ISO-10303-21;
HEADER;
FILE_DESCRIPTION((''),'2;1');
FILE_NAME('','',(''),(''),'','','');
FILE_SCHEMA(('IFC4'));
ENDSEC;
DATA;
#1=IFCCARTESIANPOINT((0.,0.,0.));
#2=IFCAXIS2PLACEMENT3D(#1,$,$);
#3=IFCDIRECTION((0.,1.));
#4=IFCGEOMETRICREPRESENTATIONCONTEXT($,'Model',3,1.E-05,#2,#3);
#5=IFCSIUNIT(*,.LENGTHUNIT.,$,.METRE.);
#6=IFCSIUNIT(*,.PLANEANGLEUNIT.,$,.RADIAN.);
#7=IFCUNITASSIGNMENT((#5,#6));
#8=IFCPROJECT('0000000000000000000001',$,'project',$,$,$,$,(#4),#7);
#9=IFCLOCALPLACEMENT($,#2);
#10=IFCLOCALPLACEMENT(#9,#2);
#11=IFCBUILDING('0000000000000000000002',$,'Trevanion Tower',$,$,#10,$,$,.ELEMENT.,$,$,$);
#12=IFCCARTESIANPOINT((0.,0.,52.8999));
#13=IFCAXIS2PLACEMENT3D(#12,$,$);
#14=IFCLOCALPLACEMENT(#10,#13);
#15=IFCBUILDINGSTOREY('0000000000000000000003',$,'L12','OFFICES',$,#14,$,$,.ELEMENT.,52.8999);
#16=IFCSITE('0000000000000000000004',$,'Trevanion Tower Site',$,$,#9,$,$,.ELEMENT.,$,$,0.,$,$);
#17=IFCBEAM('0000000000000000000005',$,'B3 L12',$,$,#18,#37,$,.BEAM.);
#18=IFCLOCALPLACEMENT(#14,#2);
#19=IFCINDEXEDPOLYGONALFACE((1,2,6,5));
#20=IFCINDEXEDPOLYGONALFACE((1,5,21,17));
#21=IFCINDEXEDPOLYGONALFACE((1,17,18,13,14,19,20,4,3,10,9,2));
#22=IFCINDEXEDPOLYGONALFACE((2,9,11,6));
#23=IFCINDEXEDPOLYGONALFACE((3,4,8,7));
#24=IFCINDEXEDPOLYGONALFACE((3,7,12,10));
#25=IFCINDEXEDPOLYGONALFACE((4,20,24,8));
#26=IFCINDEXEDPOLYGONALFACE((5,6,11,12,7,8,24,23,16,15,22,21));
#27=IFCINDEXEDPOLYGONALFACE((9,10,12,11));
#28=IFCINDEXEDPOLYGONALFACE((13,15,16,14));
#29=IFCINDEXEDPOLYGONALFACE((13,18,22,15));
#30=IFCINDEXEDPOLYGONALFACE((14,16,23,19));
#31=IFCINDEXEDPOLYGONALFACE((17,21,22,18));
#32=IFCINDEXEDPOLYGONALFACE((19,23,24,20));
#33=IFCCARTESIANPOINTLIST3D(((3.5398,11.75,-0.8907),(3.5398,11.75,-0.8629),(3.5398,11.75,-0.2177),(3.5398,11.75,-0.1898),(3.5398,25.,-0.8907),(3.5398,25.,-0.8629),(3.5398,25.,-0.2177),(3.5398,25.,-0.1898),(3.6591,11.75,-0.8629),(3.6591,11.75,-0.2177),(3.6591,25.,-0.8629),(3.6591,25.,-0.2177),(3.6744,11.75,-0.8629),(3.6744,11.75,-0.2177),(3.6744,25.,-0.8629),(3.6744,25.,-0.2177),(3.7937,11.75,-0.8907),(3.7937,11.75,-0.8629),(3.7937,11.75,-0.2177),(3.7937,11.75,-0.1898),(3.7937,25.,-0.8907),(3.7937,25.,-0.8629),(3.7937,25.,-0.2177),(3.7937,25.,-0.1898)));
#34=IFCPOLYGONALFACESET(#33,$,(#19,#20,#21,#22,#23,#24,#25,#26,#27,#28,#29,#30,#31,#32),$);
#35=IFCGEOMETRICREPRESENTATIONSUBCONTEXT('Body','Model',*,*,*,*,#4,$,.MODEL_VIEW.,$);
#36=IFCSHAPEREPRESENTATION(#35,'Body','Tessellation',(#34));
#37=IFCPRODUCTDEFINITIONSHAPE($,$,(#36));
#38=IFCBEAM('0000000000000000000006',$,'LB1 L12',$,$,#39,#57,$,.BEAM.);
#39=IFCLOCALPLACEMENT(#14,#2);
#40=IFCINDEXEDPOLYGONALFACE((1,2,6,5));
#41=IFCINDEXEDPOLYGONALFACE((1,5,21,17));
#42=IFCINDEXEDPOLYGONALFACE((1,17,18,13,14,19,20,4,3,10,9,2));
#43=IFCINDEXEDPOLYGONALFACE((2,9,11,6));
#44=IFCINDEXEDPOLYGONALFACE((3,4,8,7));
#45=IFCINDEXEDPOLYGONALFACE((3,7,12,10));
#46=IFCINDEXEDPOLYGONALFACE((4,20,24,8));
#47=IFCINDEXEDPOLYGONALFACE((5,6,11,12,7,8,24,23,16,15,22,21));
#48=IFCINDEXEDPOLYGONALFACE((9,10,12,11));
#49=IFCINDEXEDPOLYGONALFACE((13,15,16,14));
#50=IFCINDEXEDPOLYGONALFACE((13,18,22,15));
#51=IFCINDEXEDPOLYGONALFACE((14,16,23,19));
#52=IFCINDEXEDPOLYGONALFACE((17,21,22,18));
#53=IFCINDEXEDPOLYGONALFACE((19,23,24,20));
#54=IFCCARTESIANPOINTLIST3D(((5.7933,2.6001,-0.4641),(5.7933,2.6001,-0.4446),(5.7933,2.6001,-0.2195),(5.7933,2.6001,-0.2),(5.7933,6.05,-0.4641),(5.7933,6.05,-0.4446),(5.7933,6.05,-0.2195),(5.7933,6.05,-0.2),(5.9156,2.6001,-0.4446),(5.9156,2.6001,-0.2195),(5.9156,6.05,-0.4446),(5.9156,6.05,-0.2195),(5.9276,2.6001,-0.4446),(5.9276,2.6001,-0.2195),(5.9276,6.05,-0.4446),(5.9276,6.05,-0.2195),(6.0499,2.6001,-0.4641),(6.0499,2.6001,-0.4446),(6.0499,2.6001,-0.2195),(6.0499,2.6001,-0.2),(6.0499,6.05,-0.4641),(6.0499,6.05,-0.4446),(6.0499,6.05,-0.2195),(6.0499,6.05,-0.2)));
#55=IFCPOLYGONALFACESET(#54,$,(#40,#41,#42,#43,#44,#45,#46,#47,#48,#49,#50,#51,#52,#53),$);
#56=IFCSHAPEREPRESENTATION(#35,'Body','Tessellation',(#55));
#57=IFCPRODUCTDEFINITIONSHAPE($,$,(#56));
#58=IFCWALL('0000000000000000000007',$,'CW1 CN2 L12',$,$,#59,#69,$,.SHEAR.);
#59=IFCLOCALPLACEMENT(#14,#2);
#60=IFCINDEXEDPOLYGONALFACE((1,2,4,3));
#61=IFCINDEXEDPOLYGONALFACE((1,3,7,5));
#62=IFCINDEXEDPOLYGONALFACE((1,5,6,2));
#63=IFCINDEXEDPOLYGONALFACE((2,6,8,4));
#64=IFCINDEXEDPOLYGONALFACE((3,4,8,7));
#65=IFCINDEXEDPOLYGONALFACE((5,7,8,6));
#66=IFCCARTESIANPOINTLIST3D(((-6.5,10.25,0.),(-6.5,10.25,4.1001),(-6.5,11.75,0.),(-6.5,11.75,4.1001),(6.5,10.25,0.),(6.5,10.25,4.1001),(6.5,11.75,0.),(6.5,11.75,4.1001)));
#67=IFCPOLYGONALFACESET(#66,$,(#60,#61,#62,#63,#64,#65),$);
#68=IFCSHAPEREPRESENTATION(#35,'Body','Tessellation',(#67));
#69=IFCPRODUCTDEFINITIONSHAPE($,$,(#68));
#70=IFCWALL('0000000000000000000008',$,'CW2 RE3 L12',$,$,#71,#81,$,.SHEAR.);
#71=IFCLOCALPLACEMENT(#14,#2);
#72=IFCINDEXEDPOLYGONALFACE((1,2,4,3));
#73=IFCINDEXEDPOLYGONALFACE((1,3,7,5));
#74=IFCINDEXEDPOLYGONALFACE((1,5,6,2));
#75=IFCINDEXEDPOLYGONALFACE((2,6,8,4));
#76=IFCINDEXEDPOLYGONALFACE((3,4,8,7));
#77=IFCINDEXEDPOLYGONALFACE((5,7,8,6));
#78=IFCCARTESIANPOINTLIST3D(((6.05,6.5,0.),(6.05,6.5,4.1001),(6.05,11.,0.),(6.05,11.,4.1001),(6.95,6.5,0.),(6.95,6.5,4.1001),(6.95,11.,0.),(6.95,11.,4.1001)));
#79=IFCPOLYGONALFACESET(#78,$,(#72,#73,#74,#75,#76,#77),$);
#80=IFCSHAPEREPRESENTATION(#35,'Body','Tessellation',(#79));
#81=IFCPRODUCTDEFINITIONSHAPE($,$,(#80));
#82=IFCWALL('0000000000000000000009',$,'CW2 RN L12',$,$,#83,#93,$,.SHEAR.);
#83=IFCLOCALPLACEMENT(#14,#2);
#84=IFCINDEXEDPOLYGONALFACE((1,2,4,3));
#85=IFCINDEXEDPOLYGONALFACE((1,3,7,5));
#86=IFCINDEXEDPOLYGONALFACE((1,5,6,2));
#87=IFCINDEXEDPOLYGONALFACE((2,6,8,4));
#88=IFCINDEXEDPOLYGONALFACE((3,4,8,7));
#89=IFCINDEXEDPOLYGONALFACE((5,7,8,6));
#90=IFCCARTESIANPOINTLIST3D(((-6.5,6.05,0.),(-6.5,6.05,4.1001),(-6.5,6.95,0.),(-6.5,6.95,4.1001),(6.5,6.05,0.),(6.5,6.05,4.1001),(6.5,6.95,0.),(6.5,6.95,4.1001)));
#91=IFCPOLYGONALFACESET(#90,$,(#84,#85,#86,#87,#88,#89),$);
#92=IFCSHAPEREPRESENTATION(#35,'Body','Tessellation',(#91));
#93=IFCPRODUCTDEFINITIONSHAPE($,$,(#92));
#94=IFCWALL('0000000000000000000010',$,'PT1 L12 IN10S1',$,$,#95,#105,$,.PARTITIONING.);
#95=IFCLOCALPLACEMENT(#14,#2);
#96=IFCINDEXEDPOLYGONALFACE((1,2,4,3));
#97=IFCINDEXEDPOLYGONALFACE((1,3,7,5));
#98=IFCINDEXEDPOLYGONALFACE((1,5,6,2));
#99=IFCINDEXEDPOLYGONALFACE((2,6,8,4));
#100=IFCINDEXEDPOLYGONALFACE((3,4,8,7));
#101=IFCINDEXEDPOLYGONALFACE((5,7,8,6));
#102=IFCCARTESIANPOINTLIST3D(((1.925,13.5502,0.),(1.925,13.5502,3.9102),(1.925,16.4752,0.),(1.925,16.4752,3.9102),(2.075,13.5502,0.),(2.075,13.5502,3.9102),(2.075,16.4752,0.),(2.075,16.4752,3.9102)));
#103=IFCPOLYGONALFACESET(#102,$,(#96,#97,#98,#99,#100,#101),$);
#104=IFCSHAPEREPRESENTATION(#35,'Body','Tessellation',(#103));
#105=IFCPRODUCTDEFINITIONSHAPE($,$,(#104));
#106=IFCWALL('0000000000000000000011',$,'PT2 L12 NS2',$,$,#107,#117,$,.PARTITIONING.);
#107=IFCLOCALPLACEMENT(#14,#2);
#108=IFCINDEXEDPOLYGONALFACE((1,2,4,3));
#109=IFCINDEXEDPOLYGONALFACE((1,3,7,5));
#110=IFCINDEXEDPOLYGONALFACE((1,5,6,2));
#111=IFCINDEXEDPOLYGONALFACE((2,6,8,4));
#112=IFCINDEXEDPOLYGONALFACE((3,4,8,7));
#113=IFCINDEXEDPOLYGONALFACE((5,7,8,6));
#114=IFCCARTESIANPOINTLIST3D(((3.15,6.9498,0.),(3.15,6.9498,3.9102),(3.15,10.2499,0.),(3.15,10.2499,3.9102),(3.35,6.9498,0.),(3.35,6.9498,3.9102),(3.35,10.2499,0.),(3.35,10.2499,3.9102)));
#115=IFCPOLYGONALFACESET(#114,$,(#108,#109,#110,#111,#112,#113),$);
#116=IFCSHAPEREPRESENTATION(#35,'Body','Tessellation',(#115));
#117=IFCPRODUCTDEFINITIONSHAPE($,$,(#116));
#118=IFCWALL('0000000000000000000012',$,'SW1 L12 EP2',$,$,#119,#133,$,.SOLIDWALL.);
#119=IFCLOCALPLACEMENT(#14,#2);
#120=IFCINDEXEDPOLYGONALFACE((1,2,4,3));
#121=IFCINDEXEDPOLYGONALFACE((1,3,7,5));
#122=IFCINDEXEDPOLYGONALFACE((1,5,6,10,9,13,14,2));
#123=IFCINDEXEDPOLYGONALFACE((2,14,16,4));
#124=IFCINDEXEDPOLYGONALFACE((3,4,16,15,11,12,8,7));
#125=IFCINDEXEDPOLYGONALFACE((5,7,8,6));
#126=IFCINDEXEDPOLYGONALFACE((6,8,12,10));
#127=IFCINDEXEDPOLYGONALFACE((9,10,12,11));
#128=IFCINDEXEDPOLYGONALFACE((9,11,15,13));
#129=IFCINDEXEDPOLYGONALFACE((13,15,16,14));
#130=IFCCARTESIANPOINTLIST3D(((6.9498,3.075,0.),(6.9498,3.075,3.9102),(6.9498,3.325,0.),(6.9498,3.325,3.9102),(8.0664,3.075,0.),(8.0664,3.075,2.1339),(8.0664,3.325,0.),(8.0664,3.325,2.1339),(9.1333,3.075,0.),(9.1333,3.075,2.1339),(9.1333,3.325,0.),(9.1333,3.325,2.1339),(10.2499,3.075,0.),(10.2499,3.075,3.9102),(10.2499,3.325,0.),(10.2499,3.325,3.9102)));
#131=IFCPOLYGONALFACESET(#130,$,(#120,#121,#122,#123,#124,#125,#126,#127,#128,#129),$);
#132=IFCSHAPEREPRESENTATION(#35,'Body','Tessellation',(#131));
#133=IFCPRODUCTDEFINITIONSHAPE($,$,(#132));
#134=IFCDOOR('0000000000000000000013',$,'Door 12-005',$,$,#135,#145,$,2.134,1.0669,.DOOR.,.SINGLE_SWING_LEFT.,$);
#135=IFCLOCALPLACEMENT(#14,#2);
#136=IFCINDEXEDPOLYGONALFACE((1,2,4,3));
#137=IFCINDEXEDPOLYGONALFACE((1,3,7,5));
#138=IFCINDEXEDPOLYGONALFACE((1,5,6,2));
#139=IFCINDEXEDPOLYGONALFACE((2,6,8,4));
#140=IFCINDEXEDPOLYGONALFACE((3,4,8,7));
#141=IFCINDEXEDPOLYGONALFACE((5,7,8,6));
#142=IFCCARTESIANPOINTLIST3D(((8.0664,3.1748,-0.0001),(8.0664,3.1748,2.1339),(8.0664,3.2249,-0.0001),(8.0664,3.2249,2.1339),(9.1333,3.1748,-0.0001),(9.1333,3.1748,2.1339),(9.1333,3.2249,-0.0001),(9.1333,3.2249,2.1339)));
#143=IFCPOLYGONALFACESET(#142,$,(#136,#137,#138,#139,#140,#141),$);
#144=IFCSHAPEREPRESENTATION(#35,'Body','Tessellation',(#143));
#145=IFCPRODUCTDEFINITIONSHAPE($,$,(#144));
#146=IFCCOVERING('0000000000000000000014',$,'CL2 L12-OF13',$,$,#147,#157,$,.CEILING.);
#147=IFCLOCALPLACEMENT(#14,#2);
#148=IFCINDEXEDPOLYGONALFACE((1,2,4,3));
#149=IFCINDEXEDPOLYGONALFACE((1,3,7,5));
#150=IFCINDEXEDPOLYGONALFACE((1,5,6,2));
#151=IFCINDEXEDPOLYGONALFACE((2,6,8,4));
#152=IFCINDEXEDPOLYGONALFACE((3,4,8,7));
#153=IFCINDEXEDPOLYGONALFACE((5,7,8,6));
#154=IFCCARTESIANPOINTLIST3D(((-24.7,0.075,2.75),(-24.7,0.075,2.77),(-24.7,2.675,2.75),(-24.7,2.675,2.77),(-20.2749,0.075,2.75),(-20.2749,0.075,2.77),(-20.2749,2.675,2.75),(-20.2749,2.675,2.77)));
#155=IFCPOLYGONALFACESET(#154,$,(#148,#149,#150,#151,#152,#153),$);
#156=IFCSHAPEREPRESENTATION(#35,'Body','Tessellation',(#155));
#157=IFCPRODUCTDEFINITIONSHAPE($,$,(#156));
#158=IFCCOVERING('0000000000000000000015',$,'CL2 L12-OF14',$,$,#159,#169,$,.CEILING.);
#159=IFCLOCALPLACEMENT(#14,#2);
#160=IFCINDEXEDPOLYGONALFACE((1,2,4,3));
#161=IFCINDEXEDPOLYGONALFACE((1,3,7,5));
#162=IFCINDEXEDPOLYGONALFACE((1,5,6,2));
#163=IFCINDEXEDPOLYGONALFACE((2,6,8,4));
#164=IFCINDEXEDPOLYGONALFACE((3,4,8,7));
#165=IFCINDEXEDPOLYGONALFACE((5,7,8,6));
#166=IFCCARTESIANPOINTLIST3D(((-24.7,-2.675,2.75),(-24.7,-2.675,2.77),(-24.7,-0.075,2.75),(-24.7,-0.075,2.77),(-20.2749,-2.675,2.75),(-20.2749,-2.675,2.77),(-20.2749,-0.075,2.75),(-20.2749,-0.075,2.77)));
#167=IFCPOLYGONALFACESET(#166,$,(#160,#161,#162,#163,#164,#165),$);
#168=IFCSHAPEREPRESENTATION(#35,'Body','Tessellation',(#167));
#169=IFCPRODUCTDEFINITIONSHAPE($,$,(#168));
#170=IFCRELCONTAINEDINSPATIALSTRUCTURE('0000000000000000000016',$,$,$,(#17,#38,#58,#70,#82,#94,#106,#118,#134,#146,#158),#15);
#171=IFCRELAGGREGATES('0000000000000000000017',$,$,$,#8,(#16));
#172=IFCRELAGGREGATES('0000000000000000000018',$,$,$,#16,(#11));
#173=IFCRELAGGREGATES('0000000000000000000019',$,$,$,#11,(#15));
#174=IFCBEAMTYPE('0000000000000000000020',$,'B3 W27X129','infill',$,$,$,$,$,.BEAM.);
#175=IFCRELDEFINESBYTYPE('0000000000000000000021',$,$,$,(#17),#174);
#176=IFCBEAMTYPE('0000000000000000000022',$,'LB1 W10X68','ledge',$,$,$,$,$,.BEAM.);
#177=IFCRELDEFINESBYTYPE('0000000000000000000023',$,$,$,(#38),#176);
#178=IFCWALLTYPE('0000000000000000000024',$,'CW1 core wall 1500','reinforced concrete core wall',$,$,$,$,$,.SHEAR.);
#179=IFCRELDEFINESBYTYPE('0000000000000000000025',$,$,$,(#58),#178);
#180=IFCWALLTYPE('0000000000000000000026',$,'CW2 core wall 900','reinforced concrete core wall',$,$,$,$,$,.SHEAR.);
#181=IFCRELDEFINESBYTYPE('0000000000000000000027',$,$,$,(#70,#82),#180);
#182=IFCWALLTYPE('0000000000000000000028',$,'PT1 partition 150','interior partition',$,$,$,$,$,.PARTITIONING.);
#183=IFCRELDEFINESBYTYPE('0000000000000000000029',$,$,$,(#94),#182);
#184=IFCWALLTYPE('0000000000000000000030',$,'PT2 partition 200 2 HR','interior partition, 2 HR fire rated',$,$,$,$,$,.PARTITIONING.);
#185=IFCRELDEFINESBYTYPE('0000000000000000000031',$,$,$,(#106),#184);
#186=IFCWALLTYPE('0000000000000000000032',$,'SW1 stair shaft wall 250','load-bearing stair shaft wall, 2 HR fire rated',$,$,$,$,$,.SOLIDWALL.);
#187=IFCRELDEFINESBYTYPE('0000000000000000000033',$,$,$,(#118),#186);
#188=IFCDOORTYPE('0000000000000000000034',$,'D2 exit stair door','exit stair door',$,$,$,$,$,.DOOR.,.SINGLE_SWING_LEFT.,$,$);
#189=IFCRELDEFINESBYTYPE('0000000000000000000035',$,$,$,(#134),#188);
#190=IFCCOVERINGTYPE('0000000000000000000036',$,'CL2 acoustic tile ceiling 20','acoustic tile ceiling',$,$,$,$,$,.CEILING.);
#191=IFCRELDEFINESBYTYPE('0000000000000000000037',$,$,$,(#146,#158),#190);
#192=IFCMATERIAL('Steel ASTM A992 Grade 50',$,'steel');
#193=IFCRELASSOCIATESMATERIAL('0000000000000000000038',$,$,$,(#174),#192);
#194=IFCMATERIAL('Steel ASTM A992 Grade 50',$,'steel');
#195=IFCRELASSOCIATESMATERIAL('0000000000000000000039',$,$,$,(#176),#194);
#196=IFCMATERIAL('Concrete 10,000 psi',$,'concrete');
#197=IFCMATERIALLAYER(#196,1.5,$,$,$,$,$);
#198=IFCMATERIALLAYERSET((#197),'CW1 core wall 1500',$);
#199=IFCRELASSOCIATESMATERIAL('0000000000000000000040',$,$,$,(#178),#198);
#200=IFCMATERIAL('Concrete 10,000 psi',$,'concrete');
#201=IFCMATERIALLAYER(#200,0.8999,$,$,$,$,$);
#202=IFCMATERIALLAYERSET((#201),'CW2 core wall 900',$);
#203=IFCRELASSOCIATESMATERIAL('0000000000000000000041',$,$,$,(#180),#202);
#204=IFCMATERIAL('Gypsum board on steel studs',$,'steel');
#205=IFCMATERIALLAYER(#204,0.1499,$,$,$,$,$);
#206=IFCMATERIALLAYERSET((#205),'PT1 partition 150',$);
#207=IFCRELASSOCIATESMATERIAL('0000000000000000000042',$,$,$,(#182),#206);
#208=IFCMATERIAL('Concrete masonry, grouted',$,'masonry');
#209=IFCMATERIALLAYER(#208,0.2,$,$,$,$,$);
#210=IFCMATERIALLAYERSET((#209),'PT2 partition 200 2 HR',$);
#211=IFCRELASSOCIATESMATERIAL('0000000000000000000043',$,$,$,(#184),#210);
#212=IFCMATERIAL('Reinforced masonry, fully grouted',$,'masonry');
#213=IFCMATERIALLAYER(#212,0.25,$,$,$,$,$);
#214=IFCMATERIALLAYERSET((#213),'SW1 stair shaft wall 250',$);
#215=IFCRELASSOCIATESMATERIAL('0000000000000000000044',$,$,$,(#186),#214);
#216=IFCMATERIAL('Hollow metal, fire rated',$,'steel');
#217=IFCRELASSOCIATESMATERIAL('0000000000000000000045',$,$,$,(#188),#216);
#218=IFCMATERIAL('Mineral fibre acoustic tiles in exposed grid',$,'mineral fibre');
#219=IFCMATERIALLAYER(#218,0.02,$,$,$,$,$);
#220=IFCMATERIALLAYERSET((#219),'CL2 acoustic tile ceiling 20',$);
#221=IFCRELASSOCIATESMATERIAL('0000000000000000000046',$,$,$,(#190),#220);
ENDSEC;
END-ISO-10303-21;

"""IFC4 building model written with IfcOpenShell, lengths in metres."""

from ifc_helpers import new_model, si_unit, direction, frame, frame_2d, origin, origin_2d, place, context, subcontext, project, spatial, polyline, rectangle, i_section, outline, extrude, material, layer, layer_set, material_profile, profile_set, type_object, element, fill, save


model = new_model("IFC4")

# Units and contexts
model_context = context("Model", 3, precision=1e-05, world=origin(), true_north=direction((0.0, 1.0)))
body_context = subcontext(model_context, "Body", "Model", "MODEL_VIEW")
ifc_project = project(units=[si_unit("LENGTHUNIT", "METRE"), si_unit("PLANEANGLEUNIT", "RADIAN")], contexts=[model_context])

# Site, building, storey
site_placement = place(None, origin())
site = spatial("IfcSite", under=ifc_project, at=site_placement, Name="Trevanion Tower Site", CompositionType="ELEMENT", RefElevation=0.0)
building_placement = place(site_placement, origin())
building = spatial("IfcBuilding", under=site, at=building_placement, Name="Trevanion Tower", CompositionType="ELEMENT")
storey_placement = place(building_placement, frame((0.0, 0.0, 52.8999)))
storey = spatial("IfcBuildingStorey", under=building, at=storey_placement, Name="L12", Description="OFFICES", CompositionType="ELEMENT", Elevation=52.8999)

# Beams
ifc_material_1 = material(Name="Steel ASTM A992 Grade 50", Category="steel")
ifc_material_profile_1 = material_profile(ifc_material_1, i_section(OverallWidth=0.2539, OverallDepth=0.7009, WebThickness=0.0154, FlangeThickness=0.0278, at=origin_2d()), Name="W27X129")
ifc_profile_set_1 = profile_set([ifc_material_profile_1], Name="Steel ASTM A992 Grade 50")
beam_type_1 = type_object("IfcBeamType", Name="B3 W27X129", Description="infill", PredefinedType="BEAM", material=ifc_profile_set_1)
beam_1_placement = place(storey_placement, frame((3.6667, 11.75, -0.5403), z_axis=(0.0, 1.0, 0.0), x_axis=(-1.0, 0.0, 0.0)))
element("IfcBeam", 1, at=beam_1_placement, inside=storey, type_object=beam_type_1, Name="B3 L12", PredefinedType="BEAM", context=body_context, shape_type="SweptSolid", body=[
    extrude(i_section(OverallWidth=0.2539, OverallDepth=0.7009, WebThickness=0.0154, FlangeThickness=0.0278, at=origin_2d()), origin(), (0.0, 0.0, 1.0), 13.25),
])
ifc_material_2 = material(Name="Steel ASTM A992 Grade 50", Category="steel")
ifc_material_profile_2 = material_profile(ifc_material_2, i_section(OverallWidth=0.2566, OverallDepth=0.2642, WebThickness=0.012, FlangeThickness=0.0195, at=origin_2d()), Name="W10X68")
ifc_profile_set_2 = profile_set([ifc_material_profile_2], Name="Steel ASTM A992 Grade 50")
beam_type_2 = type_object("IfcBeamType", Name="LB1 W10X68", Description="ledge", PredefinedType="BEAM", material=ifc_profile_set_2)
beam_2_placement = place(storey_placement, frame((5.9216, 2.6001, -0.332), z_axis=(0.0, 1.0, 0.0), x_axis=(-1.0, 0.0, 0.0)))
element("IfcBeam", 2, at=beam_2_placement, inside=storey, type_object=beam_type_2, Name="LB1 L12", PredefinedType="BEAM", context=body_context, shape_type="SweptSolid", body=[
    extrude(i_section(OverallWidth=0.2566, OverallDepth=0.2642, WebThickness=0.012, FlangeThickness=0.0195, at=origin_2d()), origin(), (0.0, 0.0, 1.0), 3.45),
])

# Walls
ifc_material_3 = material(Name="Concrete 10,000 psi", Category="concrete")
ifc_layer_1 = layer(ifc_material_3, 1.5)
ifc_layer_set_1 = layer_set([ifc_layer_1], Name="CW1 core wall 1500")
wall_type_1 = type_object("IfcWallType", Name="CW1 core wall 1500", Description="reinforced concrete core wall", PredefinedType="SHEAR", material=ifc_layer_set_1)
wall_1_placement = place(storey_placement, frame((6.5, 11.0, 0.0), z_axis=(0.0, 0.0, 1.0), x_axis=(-1.0, 0.0, 0.0)))
element("IfcWall", 3, at=wall_1_placement, inside=storey, type_object=wall_type_1, Name="CW1 CN2 L12", PredefinedType="SHEAR", context=body_context, shape_type="SweptSolid", body=[
    extrude(rectangle(XDim=13.0, YDim=1.5, at=frame_2d((6.5, 0.0))), origin(), (0.0, 0.0, 1.0), 4.1001),
])
ifc_material_4 = material(Name="Concrete 10,000 psi", Category="concrete")
ifc_layer_2 = layer(ifc_material_4, 0.8999)
ifc_layer_set_2 = layer_set([ifc_layer_2], Name="CW2 core wall 900")
wall_type_2 = type_object("IfcWallType", Name="CW2 core wall 900", Description="reinforced concrete core wall", PredefinedType="SHEAR", material=ifc_layer_set_2)
wall_2_placement = place(storey_placement, frame((6.5, 6.5, 0.0), z_axis=(0.0, 0.0, 1.0), x_axis=(0.0, 1.0, 0.0)))
element("IfcWall", 4, at=wall_2_placement, inside=storey, type_object=wall_type_2, Name="CW2 RE3 L12", PredefinedType="SHEAR", context=body_context, shape_type="SweptSolid", body=[
    extrude(rectangle(XDim=4.5, YDim=0.8999, at=frame_2d((2.25, 0.0))), origin(), (0.0, 0.0, 1.0), 4.1001),
])
wall_3_placement = place(storey_placement, frame((6.5, 6.5, 0.0), z_axis=(0.0, 0.0, 1.0), x_axis=(-1.0, 0.0, 0.0)))
element("IfcWall", 5, at=wall_3_placement, inside=storey, type_object=wall_type_2, Name="CW2 RN L12", PredefinedType="SHEAR", context=body_context, shape_type="SweptSolid", body=[
    extrude(rectangle(XDim=13.0, YDim=0.8999, at=frame_2d((6.5, 0.0))), origin(), (0.0, 0.0, 1.0), 4.1001),
])
ifc_material_5 = material(Name="Gypsum board on steel studs", Category="steel")
ifc_layer_3 = layer(ifc_material_5, 0.1499)
ifc_layer_set_3 = layer_set([ifc_layer_3], Name="PT1 partition 150")
wall_type_3 = type_object("IfcWallType", Name="PT1 partition 150", Description="interior partition", PredefinedType="PARTITIONING", material=ifc_layer_set_3)
wall_4_placement = place(storey_placement, frame((2.0, 16.4751, 0.0), z_axis=(0.0, 0.0, 1.0), x_axis=(0.0, -1.0, 0.0)))
element("IfcWall", 6, at=wall_4_placement, inside=storey, type_object=wall_type_3, Name="PT1 L12 IN10S1", PredefinedType="PARTITIONING", context=body_context, shape_type="SweptSolid", body=[
    extrude(rectangle(XDim=2.925, YDim=0.1499, at=frame_2d((1.4624, 0.0))), origin(), (0.0, 0.0, 1.0), 3.9102),
])
ifc_material_6 = material(Name="Concrete masonry, grouted", Category="masonry")
ifc_layer_4 = layer(ifc_material_6, 0.2)
ifc_layer_set_4 = layer_set([ifc_layer_4], Name="PT2 partition 200 2 HR")
wall_type_4 = type_object("IfcWallType", Name="PT2 partition 200 2 HR", Description="interior partition, 2 HR fire rated", PredefinedType="PARTITIONING", material=ifc_layer_set_4)
wall_5_placement = place(storey_placement, frame((3.25, 6.95, 0.0), z_axis=(0.0, 0.0, 1.0), x_axis=(0.0, 1.0, 0.0)))
element("IfcWall", 7, at=wall_5_placement, inside=storey, type_object=wall_type_4, Name="PT2 L12 NS2", PredefinedType="PARTITIONING", context=body_context, shape_type="SweptSolid", body=[
    extrude(rectangle(XDim=3.3, YDim=0.2, at=frame_2d((1.6499, 0.0))), origin(), (0.0, 0.0, 1.0), 3.9102),
])

# Wall, opening, door
ifc_material_7 = material(Name="Reinforced masonry, fully grouted", Category="masonry")
ifc_layer_5 = layer(ifc_material_7, 0.25)
ifc_layer_set_5 = layer_set([ifc_layer_5], Name="SW1 stair shaft wall 250")
wall_type_5 = type_object("IfcWallType", Name="SW1 stair shaft wall 250", Description="load-bearing stair shaft wall, 2 HR fire rated", PredefinedType="SOLIDWALL", material=ifc_layer_set_5)
wall_6_placement = place(storey_placement, frame((6.95, 3.2, 0.0), z_axis=(0.0, 0.0, 1.0), x_axis=(1.0, 0.0, 0.0)))
wall_6 = element("IfcWall", 8, at=wall_6_placement, inside=storey, type_object=wall_type_5, Name="SW1 L12 EP2", PredefinedType="SOLIDWALL", context=body_context, shape_type="SweptSolid", body=[
    extrude(rectangle(XDim=3.3, YDim=0.25, at=frame_2d((1.6499, 0.0))), origin(), (0.0, 0.0, 1.0), 3.9102),
])
opening_placement = place(wall_6_placement, frame((1.1165, 0.0, 0.0)))
opening = element("IfcOpeningElement", 9, at=opening_placement, cuts=wall_6, PredefinedType="OPENING", context=body_context, shape_type="SweptSolid", body=[
    extrude(rectangle(XDim=1.0669, YDim=2.134, at=frame_2d((0.5334, 1.0669))), frame((0.0, 0.135, 0.0), z_axis=(0.0, -1.0, 0.0), x_axis=(1.0, 0.0, 0.0)), (0.0, 0.0, 1.0), 0.27),
])
ifc_material_8 = material(Name="Hollow metal, fire rated", Category="steel")
door_type = type_object("IfcDoorType", Name="D2 exit stair door", Description="exit stair door", OperationType="SINGLE_SWING_LEFT", PredefinedType="DOOR", material=ifc_material_8)
door_placement = place(opening_placement, origin())
door = element("IfcDoor", 10, at=door_placement, inside=storey, type_object=door_type, Name="Door 12-005", OperationType="SINGLE_SWING_LEFT", OverallHeight=2.134, OverallWidth=1.0669, PredefinedType="DOOR", context=body_context, shape_type="SweptSolid", body=[
    extrude(rectangle(XDim=1.0669, YDim=2.134, at=frame_2d((0.5334, 1.0669))), frame((0.0, 0.0249, 0.0), z_axis=(0.0, -1.0, 0.0), x_axis=(1.0, 0.0, 0.0)), (0.0, 0.0, 1.0), 0.05),
])
fill(opening, door)

# Coverings
ifc_material_9 = material(Name="Mineral fibre acoustic tiles in exposed grid", Category="mineral fibre")
ifc_layer_6 = layer(ifc_material_9, 0.02)
ifc_layer_set_6 = layer_set([ifc_layer_6], Name="CL2 acoustic tile ceiling 20")
covering_type_1 = type_object("IfcCoveringType", Name="CL2 acoustic tile ceiling 20", Description="acoustic tile ceiling", PredefinedType="CEILING", material=ifc_layer_set_6)
covering_1_placement = place(storey_placement, frame((0.0, 0.0, 2.75)))
element("IfcCovering", 11, at=covering_1_placement, inside=storey, type_object=covering_type_1, Name="CL2 L12-OF13", PredefinedType="CEILING", context=body_context, shape_type="SweptSolid", body=[
    extrude(outline(polyline([(-20.2749, 2.675), (-20.2749, 0.075), (-24.7, 0.075), (-24.7, 2.675), (-20.2749, 2.675)])), origin(), (0.0, 0.0, 1.0), 0.02),
])
covering_2_placement = place(storey_placement, frame((0.0, 0.0, 2.75)))
element("IfcCovering", 12, at=covering_2_placement, inside=storey, type_object=covering_type_1, Name="CL2 L12-OF14", PredefinedType="CEILING", context=body_context, shape_type="SweptSolid", body=[
    extrude(outline(polyline([(-20.2749, -0.075), (-20.2749, -2.675), (-24.7, -2.675), (-24.7, -0.075), (-20.2749, -0.075)])), origin(), (0.0, 0.0, 1.0), 0.02),
])

save(model, "model.ifc")
